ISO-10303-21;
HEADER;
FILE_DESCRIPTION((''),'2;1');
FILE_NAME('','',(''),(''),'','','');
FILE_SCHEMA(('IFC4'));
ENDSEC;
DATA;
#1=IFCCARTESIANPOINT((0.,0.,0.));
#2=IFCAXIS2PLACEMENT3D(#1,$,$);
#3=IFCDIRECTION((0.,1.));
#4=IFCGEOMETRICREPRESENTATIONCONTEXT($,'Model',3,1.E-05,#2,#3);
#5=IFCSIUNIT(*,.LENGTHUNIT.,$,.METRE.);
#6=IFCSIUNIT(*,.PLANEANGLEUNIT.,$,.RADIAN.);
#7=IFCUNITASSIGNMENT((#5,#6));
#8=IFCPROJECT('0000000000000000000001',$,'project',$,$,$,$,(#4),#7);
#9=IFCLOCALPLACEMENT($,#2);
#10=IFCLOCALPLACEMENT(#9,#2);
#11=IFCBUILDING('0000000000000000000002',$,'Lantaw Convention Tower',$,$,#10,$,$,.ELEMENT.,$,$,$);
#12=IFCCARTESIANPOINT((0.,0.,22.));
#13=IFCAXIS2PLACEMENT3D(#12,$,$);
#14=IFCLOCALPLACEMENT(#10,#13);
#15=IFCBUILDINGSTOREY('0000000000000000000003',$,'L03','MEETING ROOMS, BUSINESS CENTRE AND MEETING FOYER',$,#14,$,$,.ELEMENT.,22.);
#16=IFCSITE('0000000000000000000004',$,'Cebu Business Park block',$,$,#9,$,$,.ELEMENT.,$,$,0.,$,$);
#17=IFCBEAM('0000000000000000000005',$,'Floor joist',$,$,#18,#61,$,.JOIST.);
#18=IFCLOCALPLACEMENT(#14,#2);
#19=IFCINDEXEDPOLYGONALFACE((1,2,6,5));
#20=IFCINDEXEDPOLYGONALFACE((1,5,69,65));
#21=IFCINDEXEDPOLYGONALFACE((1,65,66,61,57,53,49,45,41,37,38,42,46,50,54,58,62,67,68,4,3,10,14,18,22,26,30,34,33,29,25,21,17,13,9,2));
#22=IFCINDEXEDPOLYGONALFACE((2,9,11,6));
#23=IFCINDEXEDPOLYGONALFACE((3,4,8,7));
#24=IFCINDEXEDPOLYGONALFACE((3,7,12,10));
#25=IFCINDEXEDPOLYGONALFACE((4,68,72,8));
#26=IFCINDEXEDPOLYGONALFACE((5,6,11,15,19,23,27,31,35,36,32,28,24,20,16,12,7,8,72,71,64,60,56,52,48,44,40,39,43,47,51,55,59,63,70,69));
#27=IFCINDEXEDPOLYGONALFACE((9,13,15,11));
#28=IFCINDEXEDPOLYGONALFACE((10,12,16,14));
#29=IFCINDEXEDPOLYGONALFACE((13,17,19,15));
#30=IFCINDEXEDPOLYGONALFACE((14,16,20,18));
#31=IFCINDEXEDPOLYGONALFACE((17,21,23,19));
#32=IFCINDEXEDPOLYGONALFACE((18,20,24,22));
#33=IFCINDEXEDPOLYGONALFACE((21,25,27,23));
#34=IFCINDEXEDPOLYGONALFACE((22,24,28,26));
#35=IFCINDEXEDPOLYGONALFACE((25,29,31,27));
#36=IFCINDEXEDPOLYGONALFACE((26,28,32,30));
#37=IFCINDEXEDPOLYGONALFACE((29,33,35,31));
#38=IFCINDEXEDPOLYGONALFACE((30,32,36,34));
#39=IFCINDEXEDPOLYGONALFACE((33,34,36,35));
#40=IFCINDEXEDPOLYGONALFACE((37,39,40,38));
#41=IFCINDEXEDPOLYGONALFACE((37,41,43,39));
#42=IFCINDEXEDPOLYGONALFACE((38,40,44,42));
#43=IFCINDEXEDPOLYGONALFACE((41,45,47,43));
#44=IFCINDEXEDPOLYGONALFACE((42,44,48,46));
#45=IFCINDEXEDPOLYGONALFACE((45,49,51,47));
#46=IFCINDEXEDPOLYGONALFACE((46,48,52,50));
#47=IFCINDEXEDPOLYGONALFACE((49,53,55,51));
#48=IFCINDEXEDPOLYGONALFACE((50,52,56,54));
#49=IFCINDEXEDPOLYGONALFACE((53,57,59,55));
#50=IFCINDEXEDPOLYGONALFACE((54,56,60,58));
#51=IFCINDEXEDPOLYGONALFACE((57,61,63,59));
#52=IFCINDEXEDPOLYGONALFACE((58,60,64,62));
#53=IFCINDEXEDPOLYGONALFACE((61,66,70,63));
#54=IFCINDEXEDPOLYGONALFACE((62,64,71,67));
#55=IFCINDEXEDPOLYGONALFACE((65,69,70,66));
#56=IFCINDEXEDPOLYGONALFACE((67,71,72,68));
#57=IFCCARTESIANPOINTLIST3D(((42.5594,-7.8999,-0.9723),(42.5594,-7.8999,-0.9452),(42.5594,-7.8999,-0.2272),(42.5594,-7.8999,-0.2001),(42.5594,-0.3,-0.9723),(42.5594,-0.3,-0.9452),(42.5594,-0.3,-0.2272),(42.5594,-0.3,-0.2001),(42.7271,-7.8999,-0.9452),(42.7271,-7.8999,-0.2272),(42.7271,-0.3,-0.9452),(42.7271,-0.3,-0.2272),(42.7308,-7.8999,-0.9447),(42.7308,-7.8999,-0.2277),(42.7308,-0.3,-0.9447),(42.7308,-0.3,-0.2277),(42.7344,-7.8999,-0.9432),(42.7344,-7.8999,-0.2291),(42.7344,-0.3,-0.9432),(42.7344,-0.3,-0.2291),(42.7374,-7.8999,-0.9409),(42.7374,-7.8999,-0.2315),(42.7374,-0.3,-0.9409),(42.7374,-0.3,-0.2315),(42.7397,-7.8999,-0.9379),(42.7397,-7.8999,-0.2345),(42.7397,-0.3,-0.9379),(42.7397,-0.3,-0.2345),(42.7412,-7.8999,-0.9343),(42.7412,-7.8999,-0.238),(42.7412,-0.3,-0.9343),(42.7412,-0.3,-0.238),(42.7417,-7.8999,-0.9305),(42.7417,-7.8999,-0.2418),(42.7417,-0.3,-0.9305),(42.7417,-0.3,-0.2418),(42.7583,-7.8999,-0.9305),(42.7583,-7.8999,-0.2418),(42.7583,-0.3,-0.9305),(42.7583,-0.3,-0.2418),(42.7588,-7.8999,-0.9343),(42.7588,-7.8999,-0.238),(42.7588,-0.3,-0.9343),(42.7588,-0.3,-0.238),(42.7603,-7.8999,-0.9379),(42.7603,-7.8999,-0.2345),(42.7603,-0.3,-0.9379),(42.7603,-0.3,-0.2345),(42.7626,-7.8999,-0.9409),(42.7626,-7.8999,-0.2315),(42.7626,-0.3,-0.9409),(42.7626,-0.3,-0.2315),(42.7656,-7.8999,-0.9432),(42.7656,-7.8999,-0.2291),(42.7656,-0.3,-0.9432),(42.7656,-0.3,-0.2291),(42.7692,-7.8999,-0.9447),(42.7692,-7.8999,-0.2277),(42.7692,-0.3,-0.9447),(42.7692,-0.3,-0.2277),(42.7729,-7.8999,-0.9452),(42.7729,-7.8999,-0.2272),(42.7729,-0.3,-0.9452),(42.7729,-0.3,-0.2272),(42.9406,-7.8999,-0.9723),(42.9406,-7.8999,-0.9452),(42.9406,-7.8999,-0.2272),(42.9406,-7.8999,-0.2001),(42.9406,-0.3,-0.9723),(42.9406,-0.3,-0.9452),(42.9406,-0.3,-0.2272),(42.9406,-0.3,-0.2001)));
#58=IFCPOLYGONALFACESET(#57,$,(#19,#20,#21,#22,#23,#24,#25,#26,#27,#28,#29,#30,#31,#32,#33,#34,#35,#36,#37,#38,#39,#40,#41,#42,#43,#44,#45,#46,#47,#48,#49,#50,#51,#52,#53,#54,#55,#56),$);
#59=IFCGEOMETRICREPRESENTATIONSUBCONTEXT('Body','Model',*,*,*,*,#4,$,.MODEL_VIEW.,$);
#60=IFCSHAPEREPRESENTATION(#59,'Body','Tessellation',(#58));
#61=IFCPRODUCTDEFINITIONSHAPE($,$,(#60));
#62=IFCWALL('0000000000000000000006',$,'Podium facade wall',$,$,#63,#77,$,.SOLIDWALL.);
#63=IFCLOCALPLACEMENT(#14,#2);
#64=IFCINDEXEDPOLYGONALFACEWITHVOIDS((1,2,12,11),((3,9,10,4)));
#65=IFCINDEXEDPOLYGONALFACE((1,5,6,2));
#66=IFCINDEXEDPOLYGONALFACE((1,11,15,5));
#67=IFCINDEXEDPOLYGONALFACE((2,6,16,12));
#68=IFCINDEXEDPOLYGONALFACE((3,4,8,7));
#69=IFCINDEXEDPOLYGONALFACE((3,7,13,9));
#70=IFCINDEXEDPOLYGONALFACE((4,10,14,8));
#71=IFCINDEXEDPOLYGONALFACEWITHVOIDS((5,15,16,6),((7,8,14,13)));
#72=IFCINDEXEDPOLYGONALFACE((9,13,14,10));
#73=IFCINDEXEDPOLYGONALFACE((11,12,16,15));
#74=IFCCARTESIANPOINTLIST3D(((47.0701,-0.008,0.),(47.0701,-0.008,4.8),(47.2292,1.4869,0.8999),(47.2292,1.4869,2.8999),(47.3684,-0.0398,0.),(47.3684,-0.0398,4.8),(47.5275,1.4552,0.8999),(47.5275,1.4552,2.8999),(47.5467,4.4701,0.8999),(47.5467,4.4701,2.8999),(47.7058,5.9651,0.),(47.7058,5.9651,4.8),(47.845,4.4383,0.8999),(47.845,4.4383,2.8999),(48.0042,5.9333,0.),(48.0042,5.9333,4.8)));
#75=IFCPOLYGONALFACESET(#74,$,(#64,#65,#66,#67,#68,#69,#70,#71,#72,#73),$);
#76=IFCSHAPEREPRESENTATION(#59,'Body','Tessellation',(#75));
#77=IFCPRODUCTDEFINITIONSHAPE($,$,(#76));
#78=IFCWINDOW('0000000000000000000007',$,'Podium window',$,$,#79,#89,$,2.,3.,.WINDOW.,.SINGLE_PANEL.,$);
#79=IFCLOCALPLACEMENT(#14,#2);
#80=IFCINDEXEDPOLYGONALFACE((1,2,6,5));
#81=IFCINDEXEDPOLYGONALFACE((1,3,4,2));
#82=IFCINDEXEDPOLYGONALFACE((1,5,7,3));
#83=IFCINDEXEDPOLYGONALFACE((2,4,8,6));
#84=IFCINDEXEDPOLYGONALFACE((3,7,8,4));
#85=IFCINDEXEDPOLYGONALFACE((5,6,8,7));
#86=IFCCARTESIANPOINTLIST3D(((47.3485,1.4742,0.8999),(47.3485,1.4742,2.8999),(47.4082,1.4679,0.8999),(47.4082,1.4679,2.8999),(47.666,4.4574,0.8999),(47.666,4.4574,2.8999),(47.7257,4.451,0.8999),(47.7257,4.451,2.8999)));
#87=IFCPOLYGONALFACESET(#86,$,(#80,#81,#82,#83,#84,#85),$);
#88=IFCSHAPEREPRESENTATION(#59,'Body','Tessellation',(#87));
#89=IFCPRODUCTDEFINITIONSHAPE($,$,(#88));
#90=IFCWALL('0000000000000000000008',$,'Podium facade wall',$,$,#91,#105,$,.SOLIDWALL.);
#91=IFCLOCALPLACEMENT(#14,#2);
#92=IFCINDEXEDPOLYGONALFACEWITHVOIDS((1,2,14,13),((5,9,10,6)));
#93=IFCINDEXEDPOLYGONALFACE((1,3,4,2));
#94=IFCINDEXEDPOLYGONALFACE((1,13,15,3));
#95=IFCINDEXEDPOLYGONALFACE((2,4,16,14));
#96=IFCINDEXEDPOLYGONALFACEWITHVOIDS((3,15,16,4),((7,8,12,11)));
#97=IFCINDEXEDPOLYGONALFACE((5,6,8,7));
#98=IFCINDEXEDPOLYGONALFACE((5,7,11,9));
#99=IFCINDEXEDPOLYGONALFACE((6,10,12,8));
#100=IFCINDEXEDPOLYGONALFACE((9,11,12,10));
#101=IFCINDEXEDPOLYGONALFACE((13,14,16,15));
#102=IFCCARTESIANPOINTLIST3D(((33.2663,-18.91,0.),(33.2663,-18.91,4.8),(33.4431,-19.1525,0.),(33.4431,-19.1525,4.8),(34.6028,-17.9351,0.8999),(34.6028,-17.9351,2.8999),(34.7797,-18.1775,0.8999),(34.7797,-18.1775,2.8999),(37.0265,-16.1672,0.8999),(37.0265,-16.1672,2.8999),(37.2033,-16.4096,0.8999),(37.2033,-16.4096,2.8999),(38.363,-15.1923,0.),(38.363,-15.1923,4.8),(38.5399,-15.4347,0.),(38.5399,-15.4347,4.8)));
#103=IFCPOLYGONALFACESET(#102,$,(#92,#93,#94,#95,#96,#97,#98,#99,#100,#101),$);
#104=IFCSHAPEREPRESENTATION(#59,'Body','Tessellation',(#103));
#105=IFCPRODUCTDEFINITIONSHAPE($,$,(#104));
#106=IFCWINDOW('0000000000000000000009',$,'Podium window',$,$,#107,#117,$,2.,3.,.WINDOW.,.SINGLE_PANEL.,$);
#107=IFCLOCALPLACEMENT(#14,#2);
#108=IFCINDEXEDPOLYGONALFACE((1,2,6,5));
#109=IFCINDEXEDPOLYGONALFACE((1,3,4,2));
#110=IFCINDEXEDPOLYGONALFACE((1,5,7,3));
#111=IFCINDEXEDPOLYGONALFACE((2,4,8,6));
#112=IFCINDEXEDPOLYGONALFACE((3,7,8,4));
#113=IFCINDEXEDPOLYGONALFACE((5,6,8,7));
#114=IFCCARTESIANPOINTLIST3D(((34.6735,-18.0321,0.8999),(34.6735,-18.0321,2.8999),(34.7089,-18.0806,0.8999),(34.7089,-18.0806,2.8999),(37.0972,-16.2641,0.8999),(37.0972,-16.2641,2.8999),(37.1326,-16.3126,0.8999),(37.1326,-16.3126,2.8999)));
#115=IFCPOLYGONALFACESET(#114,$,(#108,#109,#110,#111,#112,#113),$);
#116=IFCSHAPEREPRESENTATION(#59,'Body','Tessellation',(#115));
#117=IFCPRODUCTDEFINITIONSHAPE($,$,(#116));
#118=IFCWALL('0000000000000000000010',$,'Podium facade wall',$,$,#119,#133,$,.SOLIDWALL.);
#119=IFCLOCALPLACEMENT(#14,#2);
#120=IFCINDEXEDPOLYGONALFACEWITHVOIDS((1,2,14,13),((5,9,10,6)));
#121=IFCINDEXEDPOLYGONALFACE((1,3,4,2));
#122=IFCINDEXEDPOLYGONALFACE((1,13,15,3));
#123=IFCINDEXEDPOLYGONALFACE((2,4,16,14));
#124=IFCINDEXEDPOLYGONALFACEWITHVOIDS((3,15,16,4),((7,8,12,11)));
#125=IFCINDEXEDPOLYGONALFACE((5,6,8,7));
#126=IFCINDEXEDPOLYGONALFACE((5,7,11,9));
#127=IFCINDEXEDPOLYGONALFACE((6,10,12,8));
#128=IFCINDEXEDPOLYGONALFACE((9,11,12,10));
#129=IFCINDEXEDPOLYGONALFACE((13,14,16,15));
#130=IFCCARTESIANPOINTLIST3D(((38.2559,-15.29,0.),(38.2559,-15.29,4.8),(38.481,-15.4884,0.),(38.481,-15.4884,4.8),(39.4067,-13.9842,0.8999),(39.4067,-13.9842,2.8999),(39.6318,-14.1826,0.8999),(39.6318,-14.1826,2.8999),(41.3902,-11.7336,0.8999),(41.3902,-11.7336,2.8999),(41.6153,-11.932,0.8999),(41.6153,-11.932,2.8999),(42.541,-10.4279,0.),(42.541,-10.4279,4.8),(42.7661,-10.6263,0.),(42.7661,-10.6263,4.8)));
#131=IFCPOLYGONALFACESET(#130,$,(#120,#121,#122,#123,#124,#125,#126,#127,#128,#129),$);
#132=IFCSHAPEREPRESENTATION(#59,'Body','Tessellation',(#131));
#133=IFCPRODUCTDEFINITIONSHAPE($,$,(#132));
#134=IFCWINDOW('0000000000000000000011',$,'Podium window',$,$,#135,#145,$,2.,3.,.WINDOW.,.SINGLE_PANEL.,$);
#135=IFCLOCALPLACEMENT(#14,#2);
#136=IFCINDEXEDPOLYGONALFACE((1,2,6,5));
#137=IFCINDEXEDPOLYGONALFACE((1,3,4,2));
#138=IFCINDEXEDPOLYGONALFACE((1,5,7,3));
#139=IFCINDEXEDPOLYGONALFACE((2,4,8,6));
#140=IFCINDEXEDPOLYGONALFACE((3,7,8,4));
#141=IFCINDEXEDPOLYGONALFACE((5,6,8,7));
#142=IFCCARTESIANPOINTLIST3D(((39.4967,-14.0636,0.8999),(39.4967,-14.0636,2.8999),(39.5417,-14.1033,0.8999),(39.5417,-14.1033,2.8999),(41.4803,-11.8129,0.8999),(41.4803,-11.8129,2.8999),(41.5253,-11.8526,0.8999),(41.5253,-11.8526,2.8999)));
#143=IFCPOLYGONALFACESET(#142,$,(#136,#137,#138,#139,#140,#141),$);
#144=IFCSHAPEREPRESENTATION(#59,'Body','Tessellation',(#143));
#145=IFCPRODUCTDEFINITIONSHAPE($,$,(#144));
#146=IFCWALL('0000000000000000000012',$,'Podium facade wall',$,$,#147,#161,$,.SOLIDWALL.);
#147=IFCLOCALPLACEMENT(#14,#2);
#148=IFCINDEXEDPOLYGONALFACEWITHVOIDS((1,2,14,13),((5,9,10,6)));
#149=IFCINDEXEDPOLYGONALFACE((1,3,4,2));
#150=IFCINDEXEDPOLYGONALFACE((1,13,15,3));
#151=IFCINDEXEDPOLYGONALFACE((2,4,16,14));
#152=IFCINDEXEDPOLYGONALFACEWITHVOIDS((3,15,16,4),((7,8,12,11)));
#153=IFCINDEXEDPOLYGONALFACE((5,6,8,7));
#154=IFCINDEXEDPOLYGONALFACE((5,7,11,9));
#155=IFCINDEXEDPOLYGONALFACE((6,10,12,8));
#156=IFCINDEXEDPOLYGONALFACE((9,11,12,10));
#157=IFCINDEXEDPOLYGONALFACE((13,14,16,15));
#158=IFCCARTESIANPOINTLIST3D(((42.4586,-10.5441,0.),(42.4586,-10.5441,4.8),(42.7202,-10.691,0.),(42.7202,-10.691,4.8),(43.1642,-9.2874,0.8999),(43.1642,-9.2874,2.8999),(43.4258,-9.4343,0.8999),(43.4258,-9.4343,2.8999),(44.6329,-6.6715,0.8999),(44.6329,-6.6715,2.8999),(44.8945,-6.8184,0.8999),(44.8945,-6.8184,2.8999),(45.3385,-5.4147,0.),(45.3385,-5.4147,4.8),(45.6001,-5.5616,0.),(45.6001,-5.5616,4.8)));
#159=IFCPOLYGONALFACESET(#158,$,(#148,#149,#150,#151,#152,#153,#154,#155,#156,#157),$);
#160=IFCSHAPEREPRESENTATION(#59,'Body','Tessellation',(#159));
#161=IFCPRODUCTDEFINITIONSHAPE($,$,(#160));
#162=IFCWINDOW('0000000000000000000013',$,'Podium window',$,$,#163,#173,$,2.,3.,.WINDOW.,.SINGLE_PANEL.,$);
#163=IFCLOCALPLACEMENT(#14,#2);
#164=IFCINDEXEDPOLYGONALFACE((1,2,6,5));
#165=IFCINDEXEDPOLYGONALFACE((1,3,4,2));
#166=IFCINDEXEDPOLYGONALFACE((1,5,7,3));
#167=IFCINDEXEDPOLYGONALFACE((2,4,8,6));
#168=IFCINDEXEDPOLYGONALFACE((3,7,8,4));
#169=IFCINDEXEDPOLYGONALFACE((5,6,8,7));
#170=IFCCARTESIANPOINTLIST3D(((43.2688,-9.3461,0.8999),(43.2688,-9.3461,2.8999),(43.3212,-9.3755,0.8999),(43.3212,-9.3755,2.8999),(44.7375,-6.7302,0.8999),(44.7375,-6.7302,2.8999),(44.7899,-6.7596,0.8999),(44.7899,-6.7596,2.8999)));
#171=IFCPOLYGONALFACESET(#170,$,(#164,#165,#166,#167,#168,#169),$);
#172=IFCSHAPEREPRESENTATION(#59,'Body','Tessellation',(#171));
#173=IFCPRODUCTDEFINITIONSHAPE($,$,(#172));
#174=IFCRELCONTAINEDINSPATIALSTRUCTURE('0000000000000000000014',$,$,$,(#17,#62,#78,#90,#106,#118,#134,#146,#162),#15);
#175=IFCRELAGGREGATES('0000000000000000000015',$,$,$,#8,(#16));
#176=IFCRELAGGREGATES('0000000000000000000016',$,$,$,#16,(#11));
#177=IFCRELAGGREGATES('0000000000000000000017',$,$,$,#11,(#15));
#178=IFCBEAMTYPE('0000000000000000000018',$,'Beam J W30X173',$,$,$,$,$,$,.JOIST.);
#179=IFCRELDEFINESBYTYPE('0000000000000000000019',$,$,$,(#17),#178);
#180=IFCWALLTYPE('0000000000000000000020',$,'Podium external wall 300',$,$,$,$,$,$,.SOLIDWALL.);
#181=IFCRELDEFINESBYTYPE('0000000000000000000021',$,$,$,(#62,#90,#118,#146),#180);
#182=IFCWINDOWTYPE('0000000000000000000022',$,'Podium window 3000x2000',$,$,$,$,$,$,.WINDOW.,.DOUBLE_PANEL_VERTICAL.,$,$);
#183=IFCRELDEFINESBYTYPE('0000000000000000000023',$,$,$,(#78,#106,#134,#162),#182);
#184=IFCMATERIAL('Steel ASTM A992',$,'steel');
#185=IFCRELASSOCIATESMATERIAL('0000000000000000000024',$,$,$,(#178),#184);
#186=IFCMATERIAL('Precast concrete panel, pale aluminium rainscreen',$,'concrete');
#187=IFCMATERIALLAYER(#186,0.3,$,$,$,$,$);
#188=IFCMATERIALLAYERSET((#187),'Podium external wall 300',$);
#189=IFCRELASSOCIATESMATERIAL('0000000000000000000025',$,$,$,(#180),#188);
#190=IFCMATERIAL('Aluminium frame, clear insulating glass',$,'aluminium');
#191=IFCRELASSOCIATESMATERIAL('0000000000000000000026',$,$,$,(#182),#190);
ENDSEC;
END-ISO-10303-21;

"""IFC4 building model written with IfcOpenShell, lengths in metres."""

from ifc_helpers import new_model, si_unit, direction, frame, frame_2d, origin, origin_2d, place, context, subcontext, project, spatial, rectangle, i_section, extrude, material, layer, layer_set, material_profile, profile_set, type_object, element, fill, save


model = new_model("IFC4")

# Units and contexts
model_context = context("Model", 3, precision=1e-05, world=origin(), true_north=direction((0.0, 1.0)))
body_context = subcontext(model_context, "Body", "Model", "MODEL_VIEW")
ifc_project = project(units=[si_unit("LENGTHUNIT", "METRE"), si_unit("PLANEANGLEUNIT", "RADIAN")], contexts=[model_context])

# Site, building, storey
site_placement = place(None, origin())
site = spatial("IfcSite", under=ifc_project, at=site_placement, Name="Cebu Business Park block", CompositionType="ELEMENT", RefElevation=0.0)
building_placement = place(site_placement, origin())
building = spatial("IfcBuilding", under=site, at=building_placement, Name="Lantaw Convention Tower", CompositionType="ELEMENT")
storey_placement = place(building_placement, frame((0.0, 0.0, 22.0)))
storey = spatial("IfcBuildingStorey", under=building, at=storey_placement, Name="L03", Description="MEETING ROOMS, BUSINESS CENTRE AND MEETING FOYER", CompositionType="ELEMENT", Elevation=22.0)

# Beam
ifc_material_1 = material(Name="Steel ASTM A992", Category="steel")
ifc_material_profile_1 = material_profile(ifc_material_1, i_section(OverallWidth=0.3811, OverallDepth=0.7722, WebThickness=0.0166, FlangeThickness=0.0271, FilletRadius=0.0146, at=origin_2d()), Name="W30X173")
ifc_profile_set_1 = profile_set([ifc_material_profile_1], Name="Steel ASTM A992")
beam_type_1 = type_object("IfcBeamType", Name="Beam J W30X173", PredefinedType="JOIST", material=ifc_profile_set_1)
beam_1_placement = place(storey_placement, frame((42.75, -7.8999, -0.5862), z_axis=(0.0, 1.0, 0.0), x_axis=(-1.0, 0.0, 0.0)))
element("IfcBeam", 1, at=beam_1_placement, inside=storey, type_object=beam_type_1, Name="Floor joist", PredefinedType="JOIST", context=body_context, shape_type="SweptSolid", body=[
    extrude(i_section(OverallWidth=0.3811, OverallDepth=0.7722, WebThickness=0.0166, FlangeThickness=0.0271, FilletRadius=0.0146, at=origin_2d()), origin(), (0.0, 0.0, 1.0), 7.5999),
])

# Walls, openings, windows
ifc_material_2 = material(Name="Precast concrete panel, pale aluminium rainscreen", Category="concrete")
ifc_layer_1 = layer(ifc_material_2, 0.3)
ifc_layer_set_1 = layer_set([ifc_layer_1], Name="Podium external wall 300")
wall_type_1 = type_object("IfcWallType", Name="Podium external wall 300", PredefinedType="SOLIDWALL", material=ifc_layer_set_1)
wall_1_placement = place(storey_placement, frame((47.2192, -0.0239, 0.0), z_axis=(0.0, 0.0, 1.0), x_axis=(0.105836, 0.994384, 0.0)))
wall_1 = element("IfcWall", 2, at=wall_1_placement, inside=storey, type_object=wall_type_1, Name="Podium facade wall", PredefinedType="SOLIDWALL", context=body_context, shape_type="SweptSolid", body=[
    extrude(rectangle(XDim=6.0068, YDim=0.3, at=frame_2d((3.0034, 0.0))), origin(), (0.0, 0.0, 1.0), 4.8),
])
opening_1_placement = place(wall_1_placement, frame((1.5034, 0.0, 0.8999)))
opening_1 = element("IfcOpeningElement", 3, at=opening_1_placement, cuts=wall_1, PredefinedType="OPENING", context=body_context, shape_type="SweptSolid", body=[
    extrude(rectangle(XDim=3.0, YDim=2.0, at=frame_2d((1.5, 1.0))), frame((0.0, 0.1599, 0.0), z_axis=(0.0, -1.0, 0.0), x_axis=(1.0, 0.0, 0.0)), (0.0, 0.0, 1.0), 0.3201),
])
ifc_material_3 = material(Name="Aluminium frame, clear insulating glass", Category="aluminium")
window_type = type_object("IfcWindowType", Name="Podium window 3000x2000", PartitioningType="DOUBLE_PANEL_VERTICAL", PredefinedType="WINDOW", material=ifc_material_3)
window_1_placement = place(opening_1_placement, origin())
window_1 = element("IfcWindow", 4, at=window_1_placement, inside=storey, type_object=window_type, Name="Podium window", OverallHeight=2.0, OverallWidth=3.0, PartitioningType="SINGLE_PANEL", PredefinedType="WINDOW", context=body_context, shape_type="SweptSolid", body=[
    extrude(rectangle(XDim=3.0, YDim=2.0, at=frame_2d((1.5, 1.0))), frame((0.0, 0.03, 0.0), z_axis=(0.0, -1.0, 0.0), x_axis=(1.0, 0.0, 0.0)), (0.0, 0.0, 1.0), 0.0601),
])
fill(opening_1, window_1)
wall_2_placement = place(storey_placement, frame((33.3547, -19.0312, 0.0), z_axis=(0.0, 0.0, 1.0), x_axis=(0.807899, 0.589322, 0.0)))
wall_2 = element("IfcWall", 5, at=wall_2_placement, inside=storey, type_object=wall_type_1, Name="Podium facade wall", PredefinedType="SOLIDWALL", context=body_context, shape_type="SweptSolid", body=[
    extrude(rectangle(XDim=6.3086, YDim=0.3, at=frame_2d((3.1543, 0.0))), origin(), (0.0, 0.0, 1.0), 4.8),
])
opening_2_placement = place(wall_2_placement, frame((1.6543, 0.0, 0.8999)))
opening_2 = element("IfcOpeningElement", 6, at=opening_2_placement, cuts=wall_2, PredefinedType="OPENING", context=body_context, shape_type="SweptSolid", body=[
    extrude(rectangle(XDim=3.0, YDim=2.0, at=frame_2d((1.5, 1.0))), frame((0.0, 0.1599, 0.0), z_axis=(0.0, -1.0, 0.0), x_axis=(1.0, 0.0, 0.0)), (0.0, 0.0, 1.0), 0.3201),
])
window_2_placement = place(opening_2_placement, origin())
window_2 = element("IfcWindow", 7, at=window_2_placement, inside=storey, type_object=window_type, Name="Podium window", OverallHeight=2.0, OverallWidth=3.0, PartitioningType="SINGLE_PANEL", PredefinedType="WINDOW", context=body_context, shape_type="SweptSolid", body=[
    extrude(rectangle(XDim=3.0, YDim=2.0, at=frame_2d((1.5, 1.0))), frame((0.0, 0.03, 0.0), z_axis=(0.0, -1.0, 0.0), x_axis=(1.0, 0.0, 0.0)), (0.0, 0.0, 1.0), 0.0601),
])
fill(opening_2, window_2)
wall_3_placement = place(storey_placement, frame((38.3684, -15.3892, 0.0), z_axis=(0.0, 0.0, 1.0), x_axis=(0.661197, 0.750213, 0.0)))
wall_3 = element("IfcWall", 8, at=wall_3_placement, inside=storey, type_object=wall_type_1, Name="Podium facade wall", PredefinedType="SOLIDWALL", context=body_context, shape_type="SweptSolid", body=[
    extrude(rectangle(XDim=6.481, YDim=0.3, at=frame_2d((3.2405, 0.0))), origin(), (0.0, 0.0, 1.0), 4.8),
])
opening_3_placement = place(wall_3_placement, frame((1.7405, 0.0, 0.8999)))
opening_3 = element("IfcOpeningElement", 9, at=opening_3_placement, cuts=wall_3, PredefinedType="OPENING", context=body_context, shape_type="SweptSolid", body=[
    extrude(rectangle(XDim=3.0, YDim=2.0, at=frame_2d((1.5, 1.0))), frame((0.0, 0.1599, 0.0), z_axis=(0.0, -1.0, 0.0), x_axis=(1.0, 0.0, 0.0)), (0.0, 0.0, 1.0), 0.3201),
])
window_3_placement = place(opening_3_placement, origin())
window_3 = element("IfcWindow", 10, at=window_3_placement, inside=storey, type_object=window_type, Name="Podium window", OverallHeight=2.0, OverallWidth=3.0, PartitioningType="SINGLE_PANEL", PredefinedType="WINDOW", context=body_context, shape_type="SweptSolid", body=[
    extrude(rectangle(XDim=3.0, YDim=2.0, at=frame_2d((1.5, 1.0))), frame((0.0, 0.03, 0.0), z_axis=(0.0, -1.0, 0.0), x_axis=(1.0, 0.0, 0.0)), (0.0, 0.0, 1.0), 0.0601),
])
fill(opening_3, window_3)
wall_4_placement = place(storey_placement, frame((42.5894, -10.6177, 0.0), z_axis=(0.0, 0.0, 1.0), x_axis=(0.489564, 0.871968, 0.0)))
wall_4 = element("IfcWall", 11, at=wall_4_placement, inside=storey, type_object=wall_type_1, Name="Podium facade wall", PredefinedType="SOLIDWALL", context=body_context, shape_type="SweptSolid", body=[
    extrude(rectangle(XDim=5.8826, YDim=0.3, at=frame_2d((2.9414, 0.0))), origin(), (0.0, 0.0, 1.0), 4.8),
])
opening_4_placement = place(wall_4_placement, frame((1.4414, 0.0, 0.8999)))
opening_4 = element("IfcOpeningElement", 12, at=opening_4_placement, cuts=wall_4, PredefinedType="OPENING", context=body_context, shape_type="SweptSolid", body=[
    extrude(rectangle(XDim=3.0, YDim=2.0, at=frame_2d((1.5, 1.0))), frame((0.0, 0.1599, 0.0), z_axis=(0.0, -1.0, 0.0), x_axis=(1.0, 0.0, 0.0)), (0.0, 0.0, 1.0), 0.3201),
])
window_4_placement = place(opening_4_placement, origin())
window_4 = element("IfcWindow", 13, at=window_4_placement, inside=storey, type_object=window_type, Name="Podium window", OverallHeight=2.0, OverallWidth=3.0, PartitioningType="SINGLE_PANEL", PredefinedType="WINDOW", context=body_context, shape_type="SweptSolid", body=[
    extrude(rectangle(XDim=3.0, YDim=2.0, at=frame_2d((1.5, 1.0))), frame((0.0, 0.03, 0.0), z_axis=(0.0, -1.0, 0.0), x_axis=(1.0, 0.0, 0.0)), (0.0, 0.0, 1.0), 0.0601),
])
fill(opening_4, window_4)

save(model, "model.ifc")
